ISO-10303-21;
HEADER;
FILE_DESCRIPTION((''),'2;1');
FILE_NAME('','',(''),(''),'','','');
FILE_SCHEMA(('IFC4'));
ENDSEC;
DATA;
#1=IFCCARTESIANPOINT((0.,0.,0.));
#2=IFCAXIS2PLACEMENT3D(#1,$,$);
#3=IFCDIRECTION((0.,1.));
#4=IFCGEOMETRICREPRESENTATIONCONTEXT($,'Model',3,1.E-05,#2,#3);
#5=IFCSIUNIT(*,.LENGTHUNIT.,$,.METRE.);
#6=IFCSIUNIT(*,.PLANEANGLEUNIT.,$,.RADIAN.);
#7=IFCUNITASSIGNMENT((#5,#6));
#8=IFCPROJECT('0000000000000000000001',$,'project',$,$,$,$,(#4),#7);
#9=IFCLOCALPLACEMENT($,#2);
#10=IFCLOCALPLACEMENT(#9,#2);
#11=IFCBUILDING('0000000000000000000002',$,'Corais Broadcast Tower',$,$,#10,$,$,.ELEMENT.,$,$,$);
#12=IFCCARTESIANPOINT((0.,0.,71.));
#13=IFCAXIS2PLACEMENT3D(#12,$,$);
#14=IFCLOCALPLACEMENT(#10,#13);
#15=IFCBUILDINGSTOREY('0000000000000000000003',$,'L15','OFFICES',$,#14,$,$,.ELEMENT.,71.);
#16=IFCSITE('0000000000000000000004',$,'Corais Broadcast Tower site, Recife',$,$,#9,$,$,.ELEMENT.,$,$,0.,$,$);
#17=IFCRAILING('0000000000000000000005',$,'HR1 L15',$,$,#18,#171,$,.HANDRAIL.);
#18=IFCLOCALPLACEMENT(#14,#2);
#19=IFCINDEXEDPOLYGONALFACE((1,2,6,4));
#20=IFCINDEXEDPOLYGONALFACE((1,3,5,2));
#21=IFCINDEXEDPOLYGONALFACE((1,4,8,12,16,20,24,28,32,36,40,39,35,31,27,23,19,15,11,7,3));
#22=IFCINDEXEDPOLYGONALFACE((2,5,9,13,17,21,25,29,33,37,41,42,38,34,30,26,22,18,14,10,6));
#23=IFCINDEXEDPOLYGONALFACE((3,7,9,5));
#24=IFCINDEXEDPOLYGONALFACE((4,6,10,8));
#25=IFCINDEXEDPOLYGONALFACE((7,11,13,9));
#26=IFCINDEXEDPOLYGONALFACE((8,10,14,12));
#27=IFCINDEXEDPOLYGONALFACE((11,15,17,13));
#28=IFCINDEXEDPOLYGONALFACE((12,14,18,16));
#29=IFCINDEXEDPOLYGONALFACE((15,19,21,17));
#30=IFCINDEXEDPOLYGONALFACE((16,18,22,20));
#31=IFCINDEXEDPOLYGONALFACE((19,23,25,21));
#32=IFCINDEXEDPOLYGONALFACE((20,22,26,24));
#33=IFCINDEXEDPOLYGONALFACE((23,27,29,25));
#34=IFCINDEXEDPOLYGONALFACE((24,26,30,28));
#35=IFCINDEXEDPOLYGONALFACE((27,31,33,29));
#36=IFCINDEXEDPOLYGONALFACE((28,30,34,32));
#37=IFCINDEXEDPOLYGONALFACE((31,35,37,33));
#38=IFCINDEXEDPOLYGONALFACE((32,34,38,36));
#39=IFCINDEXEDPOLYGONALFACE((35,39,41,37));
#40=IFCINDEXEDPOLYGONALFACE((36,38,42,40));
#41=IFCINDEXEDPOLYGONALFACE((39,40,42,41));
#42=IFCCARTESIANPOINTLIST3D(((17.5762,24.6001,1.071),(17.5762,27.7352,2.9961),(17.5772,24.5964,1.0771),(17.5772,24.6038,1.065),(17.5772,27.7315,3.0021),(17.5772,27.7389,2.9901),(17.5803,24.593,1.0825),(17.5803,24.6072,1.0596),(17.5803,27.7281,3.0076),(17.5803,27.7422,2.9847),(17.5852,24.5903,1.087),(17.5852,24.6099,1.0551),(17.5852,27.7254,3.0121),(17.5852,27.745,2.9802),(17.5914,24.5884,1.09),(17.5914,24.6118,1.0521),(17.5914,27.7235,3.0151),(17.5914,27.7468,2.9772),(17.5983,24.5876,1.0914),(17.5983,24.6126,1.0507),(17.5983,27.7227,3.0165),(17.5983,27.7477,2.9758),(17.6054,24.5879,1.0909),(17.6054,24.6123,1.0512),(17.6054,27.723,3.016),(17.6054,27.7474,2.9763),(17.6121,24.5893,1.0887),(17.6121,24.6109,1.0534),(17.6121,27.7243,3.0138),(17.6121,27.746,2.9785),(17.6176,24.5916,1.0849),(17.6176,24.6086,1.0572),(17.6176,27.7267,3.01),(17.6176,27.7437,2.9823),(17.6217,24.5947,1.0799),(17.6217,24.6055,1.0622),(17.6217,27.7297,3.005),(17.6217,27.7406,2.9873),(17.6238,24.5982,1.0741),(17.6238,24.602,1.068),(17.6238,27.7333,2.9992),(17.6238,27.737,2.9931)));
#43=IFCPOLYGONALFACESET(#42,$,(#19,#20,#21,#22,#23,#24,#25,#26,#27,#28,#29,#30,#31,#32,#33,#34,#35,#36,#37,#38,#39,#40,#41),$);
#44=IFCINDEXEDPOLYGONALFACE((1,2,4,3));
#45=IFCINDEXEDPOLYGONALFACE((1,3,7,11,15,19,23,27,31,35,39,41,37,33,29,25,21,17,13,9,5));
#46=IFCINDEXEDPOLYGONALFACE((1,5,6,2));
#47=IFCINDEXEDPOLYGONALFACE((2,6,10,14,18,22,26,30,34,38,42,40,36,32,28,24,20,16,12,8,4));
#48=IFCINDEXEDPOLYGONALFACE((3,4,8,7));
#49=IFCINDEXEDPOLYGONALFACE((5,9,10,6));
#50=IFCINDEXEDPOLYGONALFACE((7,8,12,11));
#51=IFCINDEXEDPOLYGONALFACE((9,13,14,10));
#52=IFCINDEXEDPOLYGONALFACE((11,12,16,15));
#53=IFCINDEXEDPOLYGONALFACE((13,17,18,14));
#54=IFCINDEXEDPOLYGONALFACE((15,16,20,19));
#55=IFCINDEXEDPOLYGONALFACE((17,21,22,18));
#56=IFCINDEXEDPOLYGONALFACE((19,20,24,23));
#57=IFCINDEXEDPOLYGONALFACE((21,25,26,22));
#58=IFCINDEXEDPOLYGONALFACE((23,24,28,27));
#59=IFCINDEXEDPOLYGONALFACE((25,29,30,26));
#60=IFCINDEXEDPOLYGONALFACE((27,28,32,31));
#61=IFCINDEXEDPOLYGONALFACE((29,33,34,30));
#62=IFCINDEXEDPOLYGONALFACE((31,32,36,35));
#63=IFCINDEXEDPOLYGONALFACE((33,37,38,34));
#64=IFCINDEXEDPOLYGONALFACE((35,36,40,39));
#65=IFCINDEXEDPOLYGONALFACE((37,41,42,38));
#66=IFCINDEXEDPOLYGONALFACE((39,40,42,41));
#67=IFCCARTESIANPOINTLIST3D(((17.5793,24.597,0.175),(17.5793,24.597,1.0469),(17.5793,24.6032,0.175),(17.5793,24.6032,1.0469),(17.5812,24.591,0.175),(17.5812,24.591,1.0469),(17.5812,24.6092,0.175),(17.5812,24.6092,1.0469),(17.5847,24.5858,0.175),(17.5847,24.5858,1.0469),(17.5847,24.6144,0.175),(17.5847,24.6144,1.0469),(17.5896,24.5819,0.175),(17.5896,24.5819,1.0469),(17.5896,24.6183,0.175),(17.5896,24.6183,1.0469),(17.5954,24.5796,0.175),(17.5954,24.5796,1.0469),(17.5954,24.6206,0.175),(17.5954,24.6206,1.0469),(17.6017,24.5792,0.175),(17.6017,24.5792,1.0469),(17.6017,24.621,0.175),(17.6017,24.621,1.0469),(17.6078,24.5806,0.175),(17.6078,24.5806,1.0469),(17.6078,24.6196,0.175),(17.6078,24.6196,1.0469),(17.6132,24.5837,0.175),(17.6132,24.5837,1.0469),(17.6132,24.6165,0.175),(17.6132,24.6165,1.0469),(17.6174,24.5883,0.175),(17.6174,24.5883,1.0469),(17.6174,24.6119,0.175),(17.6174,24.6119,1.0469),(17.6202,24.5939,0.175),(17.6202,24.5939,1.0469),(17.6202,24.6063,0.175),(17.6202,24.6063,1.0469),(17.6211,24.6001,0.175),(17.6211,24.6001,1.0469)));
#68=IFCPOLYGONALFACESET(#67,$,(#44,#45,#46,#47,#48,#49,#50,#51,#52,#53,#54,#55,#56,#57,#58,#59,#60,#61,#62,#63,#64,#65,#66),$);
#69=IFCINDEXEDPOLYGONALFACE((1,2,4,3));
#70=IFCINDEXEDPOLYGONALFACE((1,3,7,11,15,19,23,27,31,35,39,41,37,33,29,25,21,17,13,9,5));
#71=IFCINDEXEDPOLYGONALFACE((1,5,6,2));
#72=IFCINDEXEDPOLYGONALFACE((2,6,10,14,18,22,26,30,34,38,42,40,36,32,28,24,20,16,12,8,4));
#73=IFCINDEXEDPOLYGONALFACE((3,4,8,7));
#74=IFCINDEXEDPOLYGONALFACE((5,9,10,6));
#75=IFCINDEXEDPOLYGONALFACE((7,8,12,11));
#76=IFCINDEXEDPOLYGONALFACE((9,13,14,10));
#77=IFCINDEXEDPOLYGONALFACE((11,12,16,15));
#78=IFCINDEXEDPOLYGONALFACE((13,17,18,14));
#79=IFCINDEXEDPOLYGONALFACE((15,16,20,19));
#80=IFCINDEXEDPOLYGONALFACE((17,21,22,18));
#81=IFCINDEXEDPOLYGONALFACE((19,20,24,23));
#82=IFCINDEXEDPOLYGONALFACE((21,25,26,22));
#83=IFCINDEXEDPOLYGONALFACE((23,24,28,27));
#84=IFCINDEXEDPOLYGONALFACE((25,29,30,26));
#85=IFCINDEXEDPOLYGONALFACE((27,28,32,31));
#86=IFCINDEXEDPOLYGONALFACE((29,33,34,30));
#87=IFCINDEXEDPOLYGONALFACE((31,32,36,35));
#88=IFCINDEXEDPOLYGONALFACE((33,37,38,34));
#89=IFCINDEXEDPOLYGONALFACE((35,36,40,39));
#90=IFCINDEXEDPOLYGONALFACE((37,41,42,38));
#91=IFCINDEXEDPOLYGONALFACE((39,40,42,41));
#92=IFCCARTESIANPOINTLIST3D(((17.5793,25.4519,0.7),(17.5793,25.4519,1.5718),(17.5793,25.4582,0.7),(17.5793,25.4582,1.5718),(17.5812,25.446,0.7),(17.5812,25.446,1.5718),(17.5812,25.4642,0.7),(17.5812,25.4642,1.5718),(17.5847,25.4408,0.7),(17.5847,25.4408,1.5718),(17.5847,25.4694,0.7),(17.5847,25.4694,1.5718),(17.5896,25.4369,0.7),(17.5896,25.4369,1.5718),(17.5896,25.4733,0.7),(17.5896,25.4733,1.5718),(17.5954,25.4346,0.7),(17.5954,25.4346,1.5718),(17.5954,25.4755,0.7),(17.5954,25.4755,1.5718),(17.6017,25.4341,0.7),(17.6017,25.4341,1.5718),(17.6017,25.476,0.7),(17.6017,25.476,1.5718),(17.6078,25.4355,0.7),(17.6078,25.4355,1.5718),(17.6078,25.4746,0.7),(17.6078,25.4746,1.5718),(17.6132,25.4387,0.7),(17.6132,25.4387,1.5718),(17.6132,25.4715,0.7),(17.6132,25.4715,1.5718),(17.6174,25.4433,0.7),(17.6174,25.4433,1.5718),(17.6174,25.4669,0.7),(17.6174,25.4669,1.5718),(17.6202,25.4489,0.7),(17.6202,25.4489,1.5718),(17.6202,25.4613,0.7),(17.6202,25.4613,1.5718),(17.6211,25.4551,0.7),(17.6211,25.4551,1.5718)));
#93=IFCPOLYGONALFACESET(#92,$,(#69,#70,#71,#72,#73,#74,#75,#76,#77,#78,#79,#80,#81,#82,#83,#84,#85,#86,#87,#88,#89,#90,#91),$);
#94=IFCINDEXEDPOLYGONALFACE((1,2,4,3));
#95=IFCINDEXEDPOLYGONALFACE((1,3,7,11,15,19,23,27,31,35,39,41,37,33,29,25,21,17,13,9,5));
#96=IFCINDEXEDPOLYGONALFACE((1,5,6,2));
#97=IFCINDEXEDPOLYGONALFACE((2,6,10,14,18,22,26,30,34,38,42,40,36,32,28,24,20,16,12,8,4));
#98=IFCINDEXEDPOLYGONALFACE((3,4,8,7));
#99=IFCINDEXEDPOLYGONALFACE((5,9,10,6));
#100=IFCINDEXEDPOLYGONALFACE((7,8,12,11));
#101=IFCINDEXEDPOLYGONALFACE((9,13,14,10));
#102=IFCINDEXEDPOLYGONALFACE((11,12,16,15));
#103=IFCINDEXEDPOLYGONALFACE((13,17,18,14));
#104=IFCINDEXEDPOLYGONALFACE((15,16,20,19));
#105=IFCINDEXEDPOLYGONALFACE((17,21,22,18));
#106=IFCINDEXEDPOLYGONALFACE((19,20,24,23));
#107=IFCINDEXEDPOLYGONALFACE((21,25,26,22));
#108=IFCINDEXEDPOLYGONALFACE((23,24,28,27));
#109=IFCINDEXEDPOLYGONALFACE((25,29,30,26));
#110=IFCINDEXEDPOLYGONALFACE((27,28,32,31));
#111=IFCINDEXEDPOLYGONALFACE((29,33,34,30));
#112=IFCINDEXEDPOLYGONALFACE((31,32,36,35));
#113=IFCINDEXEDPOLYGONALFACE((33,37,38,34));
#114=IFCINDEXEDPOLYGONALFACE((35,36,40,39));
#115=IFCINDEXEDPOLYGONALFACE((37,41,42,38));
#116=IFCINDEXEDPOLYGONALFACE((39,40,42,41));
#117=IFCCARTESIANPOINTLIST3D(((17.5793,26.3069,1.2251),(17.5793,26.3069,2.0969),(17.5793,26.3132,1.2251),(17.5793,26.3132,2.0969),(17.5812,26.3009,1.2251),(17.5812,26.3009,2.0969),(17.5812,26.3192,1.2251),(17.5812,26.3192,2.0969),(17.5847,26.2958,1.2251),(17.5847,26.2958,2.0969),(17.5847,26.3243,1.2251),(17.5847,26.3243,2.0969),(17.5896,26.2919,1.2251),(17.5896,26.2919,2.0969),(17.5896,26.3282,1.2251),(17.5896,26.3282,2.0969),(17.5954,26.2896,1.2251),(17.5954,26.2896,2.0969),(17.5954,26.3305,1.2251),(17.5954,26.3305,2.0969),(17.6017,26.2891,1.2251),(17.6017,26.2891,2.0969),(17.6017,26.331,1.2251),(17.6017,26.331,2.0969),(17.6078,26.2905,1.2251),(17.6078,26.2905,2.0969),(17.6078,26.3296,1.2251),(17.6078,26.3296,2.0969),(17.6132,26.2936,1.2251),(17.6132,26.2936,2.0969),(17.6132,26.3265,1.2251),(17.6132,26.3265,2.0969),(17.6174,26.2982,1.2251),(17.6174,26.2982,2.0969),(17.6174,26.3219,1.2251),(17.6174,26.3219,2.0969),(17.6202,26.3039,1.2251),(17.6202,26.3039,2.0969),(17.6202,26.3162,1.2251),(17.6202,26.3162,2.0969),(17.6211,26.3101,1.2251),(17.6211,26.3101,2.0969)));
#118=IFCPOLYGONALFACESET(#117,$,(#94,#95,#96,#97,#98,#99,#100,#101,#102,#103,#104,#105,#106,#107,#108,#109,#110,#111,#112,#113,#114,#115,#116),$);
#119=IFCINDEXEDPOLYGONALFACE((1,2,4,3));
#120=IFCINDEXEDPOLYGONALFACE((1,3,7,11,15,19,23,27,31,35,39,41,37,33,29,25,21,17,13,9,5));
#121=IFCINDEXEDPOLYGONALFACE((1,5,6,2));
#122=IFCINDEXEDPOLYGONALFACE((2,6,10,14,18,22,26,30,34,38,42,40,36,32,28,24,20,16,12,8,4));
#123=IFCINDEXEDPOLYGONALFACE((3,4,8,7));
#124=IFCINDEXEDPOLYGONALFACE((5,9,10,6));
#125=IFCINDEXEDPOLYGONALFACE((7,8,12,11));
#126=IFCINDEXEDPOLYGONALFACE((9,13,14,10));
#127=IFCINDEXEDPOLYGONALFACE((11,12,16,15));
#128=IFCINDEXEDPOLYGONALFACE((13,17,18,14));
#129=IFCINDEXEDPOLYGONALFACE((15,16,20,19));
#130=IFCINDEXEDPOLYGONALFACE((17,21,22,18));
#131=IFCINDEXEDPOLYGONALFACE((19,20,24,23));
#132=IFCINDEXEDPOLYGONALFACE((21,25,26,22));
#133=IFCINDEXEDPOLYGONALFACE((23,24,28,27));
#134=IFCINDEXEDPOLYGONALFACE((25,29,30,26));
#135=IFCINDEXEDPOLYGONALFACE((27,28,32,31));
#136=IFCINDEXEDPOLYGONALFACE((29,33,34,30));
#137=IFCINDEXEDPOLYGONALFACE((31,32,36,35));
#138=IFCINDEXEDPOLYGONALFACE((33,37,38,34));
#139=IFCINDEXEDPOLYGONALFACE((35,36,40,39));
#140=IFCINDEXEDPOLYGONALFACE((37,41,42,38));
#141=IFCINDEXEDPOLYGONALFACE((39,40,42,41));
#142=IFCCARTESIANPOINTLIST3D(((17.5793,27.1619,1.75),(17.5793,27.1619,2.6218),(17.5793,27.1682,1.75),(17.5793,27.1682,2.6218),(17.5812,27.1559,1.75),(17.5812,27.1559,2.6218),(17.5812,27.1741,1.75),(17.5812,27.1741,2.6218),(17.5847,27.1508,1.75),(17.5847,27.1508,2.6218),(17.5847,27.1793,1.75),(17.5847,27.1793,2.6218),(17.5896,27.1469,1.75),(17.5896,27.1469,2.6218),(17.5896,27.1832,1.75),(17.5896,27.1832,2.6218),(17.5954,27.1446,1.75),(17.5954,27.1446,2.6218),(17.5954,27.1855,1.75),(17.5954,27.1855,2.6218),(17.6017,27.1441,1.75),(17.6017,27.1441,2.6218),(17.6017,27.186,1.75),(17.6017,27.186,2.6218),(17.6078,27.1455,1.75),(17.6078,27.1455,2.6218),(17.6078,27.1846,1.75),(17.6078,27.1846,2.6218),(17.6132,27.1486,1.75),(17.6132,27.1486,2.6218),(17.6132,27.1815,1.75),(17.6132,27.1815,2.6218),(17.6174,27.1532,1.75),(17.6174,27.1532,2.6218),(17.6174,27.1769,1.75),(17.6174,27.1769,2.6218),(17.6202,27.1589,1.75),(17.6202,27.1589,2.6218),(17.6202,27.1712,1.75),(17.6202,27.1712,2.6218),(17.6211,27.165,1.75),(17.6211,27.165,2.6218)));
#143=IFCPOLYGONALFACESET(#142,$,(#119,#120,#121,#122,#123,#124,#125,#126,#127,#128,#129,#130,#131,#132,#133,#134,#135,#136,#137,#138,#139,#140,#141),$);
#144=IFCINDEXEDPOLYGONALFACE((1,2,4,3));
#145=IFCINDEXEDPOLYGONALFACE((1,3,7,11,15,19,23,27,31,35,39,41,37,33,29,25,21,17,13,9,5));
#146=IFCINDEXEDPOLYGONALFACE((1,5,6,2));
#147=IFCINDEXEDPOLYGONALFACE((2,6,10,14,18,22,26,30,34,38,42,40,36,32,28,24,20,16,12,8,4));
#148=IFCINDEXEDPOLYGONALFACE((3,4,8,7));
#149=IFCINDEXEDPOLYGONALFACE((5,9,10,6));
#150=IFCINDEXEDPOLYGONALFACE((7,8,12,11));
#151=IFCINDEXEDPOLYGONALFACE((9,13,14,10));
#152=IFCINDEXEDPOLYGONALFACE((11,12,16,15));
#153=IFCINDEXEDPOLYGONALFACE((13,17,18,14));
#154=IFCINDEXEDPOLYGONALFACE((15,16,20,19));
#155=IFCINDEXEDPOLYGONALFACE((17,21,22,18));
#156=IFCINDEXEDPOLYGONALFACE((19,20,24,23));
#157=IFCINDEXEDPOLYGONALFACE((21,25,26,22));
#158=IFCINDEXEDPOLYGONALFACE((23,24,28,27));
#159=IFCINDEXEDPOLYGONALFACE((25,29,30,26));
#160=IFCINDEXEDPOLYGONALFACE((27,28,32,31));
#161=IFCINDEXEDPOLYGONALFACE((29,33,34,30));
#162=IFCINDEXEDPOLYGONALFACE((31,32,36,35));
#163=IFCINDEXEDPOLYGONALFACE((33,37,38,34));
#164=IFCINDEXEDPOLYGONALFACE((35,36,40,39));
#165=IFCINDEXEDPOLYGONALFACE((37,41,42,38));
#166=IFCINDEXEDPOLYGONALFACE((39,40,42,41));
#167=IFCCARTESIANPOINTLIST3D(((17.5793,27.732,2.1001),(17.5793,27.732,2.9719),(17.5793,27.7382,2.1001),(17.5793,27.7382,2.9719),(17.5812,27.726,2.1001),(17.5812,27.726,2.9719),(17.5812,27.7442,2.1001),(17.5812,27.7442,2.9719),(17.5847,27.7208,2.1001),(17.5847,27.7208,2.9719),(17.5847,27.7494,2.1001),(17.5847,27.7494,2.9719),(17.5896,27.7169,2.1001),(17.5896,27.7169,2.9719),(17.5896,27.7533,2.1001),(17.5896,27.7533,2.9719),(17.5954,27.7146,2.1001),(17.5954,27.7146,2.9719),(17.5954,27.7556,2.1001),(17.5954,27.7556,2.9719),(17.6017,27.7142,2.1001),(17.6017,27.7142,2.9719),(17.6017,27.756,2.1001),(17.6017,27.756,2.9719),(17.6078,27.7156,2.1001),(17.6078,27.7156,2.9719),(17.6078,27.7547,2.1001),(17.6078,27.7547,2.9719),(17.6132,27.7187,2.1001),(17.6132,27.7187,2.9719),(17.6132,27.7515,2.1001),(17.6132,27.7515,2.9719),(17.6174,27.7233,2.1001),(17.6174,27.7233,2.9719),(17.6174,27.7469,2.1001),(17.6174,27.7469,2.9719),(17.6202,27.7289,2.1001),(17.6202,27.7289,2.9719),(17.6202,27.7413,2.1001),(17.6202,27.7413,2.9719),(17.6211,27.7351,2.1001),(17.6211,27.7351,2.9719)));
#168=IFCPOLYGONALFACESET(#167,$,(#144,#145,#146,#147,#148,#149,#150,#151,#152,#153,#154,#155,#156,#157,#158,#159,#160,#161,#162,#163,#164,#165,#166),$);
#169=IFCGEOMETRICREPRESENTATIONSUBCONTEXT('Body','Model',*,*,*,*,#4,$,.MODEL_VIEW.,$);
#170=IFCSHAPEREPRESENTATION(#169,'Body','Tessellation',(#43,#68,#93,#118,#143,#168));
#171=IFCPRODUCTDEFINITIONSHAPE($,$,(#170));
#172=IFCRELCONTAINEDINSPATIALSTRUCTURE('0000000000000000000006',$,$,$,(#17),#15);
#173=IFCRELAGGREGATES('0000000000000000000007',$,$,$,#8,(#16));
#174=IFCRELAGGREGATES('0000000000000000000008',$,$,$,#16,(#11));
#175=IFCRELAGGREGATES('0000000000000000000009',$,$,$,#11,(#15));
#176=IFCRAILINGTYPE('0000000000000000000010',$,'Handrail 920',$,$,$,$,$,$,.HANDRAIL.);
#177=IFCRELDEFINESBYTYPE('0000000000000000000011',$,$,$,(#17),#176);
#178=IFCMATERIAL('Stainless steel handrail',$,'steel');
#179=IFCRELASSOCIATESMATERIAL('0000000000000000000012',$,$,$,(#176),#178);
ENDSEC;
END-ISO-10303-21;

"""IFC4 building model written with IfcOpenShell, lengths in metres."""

from ifc_helpers import new_model, si_unit, direction, frame, origin, origin_2d, place, context, subcontext, project, spatial, circle, extrude, material, type_object, element, save


model = new_model("IFC4")

# Units and contexts
model_context = context("Model", 3, precision=1e-05, world=origin(), true_north=direction((0.0, 1.0)))
body_context = subcontext(model_context, "Body", "Model", "MODEL_VIEW")
ifc_project = project(units=[si_unit("LENGTHUNIT", "METRE"), si_unit("PLANEANGLEUNIT", "RADIAN")], contexts=[model_context])

# Site, building, storey
site_placement = place(None, origin())
site = spatial("IfcSite", under=ifc_project, at=site_placement, Name="Corais Broadcast Tower site, Recife", CompositionType="ELEMENT", RefElevation=0.0)
building_placement = place(site_placement, origin())
building = spatial("IfcBuilding", under=site, at=building_placement, Name="Corais Broadcast Tower", CompositionType="ELEMENT")
storey_placement = place(building_placement, frame((0.0, 0.0, 71.0)))
storey = spatial("IfcBuildingStorey", under=building, at=storey_placement, Name="L15", Description="OFFICES", CompositionType="ELEMENT", Elevation=71.0)

# Railing
ifc_material_1 = material(Name="Stainless steel handrail", Category="steel")
railing_type = type_object("IfcRailingType", Name="Handrail 920", PredefinedType="HANDRAIL", material=ifc_material_1)
for number, where, name in (
    (1, (17.6001, 24.6001, 0.175), "HR1 L15"),
):
    element("IfcRailing", number, at=place(storey_placement, frame(where)), inside=storey, type_object=railing_type, Name=name, PredefinedType="HANDRAIL", context=body_context, shape_type="SweptSolid", body=[
        extrude(circle(Radius=0.0239, at=origin_2d()), frame((0.0, 0.0, 0.896), z_axis=(0.0, 0.852166, 0.523271), x_axis=(-1.0, 0.0, 0.0)), (0.0, 0.0, 1.0), 3.679),
        extrude(circle(Radius=0.021, at=origin_2d()), origin(), (0.0, 0.0, 1.0), 0.8718),
        extrude(circle(Radius=0.021, at=origin_2d()), frame((0.0, 0.855, 0.5249)), (0.0, 0.0, 1.0), 0.8718),
        extrude(circle(Radius=0.021, at=origin_2d()), frame((0.0, 1.71, 1.05)), (0.0, 0.0, 1.0), 0.8718),
        extrude(circle(Radius=0.021, at=origin_2d()), frame((0.0, 2.5649, 1.575)), (0.0, 0.0, 1.0), 0.8718),
        extrude(circle(Radius=0.021, at=origin_2d()), frame((0.0, 3.135, 1.925)), (0.0, 0.0, 1.0), 0.8718),
    ])

save(model, "model.ifc")
